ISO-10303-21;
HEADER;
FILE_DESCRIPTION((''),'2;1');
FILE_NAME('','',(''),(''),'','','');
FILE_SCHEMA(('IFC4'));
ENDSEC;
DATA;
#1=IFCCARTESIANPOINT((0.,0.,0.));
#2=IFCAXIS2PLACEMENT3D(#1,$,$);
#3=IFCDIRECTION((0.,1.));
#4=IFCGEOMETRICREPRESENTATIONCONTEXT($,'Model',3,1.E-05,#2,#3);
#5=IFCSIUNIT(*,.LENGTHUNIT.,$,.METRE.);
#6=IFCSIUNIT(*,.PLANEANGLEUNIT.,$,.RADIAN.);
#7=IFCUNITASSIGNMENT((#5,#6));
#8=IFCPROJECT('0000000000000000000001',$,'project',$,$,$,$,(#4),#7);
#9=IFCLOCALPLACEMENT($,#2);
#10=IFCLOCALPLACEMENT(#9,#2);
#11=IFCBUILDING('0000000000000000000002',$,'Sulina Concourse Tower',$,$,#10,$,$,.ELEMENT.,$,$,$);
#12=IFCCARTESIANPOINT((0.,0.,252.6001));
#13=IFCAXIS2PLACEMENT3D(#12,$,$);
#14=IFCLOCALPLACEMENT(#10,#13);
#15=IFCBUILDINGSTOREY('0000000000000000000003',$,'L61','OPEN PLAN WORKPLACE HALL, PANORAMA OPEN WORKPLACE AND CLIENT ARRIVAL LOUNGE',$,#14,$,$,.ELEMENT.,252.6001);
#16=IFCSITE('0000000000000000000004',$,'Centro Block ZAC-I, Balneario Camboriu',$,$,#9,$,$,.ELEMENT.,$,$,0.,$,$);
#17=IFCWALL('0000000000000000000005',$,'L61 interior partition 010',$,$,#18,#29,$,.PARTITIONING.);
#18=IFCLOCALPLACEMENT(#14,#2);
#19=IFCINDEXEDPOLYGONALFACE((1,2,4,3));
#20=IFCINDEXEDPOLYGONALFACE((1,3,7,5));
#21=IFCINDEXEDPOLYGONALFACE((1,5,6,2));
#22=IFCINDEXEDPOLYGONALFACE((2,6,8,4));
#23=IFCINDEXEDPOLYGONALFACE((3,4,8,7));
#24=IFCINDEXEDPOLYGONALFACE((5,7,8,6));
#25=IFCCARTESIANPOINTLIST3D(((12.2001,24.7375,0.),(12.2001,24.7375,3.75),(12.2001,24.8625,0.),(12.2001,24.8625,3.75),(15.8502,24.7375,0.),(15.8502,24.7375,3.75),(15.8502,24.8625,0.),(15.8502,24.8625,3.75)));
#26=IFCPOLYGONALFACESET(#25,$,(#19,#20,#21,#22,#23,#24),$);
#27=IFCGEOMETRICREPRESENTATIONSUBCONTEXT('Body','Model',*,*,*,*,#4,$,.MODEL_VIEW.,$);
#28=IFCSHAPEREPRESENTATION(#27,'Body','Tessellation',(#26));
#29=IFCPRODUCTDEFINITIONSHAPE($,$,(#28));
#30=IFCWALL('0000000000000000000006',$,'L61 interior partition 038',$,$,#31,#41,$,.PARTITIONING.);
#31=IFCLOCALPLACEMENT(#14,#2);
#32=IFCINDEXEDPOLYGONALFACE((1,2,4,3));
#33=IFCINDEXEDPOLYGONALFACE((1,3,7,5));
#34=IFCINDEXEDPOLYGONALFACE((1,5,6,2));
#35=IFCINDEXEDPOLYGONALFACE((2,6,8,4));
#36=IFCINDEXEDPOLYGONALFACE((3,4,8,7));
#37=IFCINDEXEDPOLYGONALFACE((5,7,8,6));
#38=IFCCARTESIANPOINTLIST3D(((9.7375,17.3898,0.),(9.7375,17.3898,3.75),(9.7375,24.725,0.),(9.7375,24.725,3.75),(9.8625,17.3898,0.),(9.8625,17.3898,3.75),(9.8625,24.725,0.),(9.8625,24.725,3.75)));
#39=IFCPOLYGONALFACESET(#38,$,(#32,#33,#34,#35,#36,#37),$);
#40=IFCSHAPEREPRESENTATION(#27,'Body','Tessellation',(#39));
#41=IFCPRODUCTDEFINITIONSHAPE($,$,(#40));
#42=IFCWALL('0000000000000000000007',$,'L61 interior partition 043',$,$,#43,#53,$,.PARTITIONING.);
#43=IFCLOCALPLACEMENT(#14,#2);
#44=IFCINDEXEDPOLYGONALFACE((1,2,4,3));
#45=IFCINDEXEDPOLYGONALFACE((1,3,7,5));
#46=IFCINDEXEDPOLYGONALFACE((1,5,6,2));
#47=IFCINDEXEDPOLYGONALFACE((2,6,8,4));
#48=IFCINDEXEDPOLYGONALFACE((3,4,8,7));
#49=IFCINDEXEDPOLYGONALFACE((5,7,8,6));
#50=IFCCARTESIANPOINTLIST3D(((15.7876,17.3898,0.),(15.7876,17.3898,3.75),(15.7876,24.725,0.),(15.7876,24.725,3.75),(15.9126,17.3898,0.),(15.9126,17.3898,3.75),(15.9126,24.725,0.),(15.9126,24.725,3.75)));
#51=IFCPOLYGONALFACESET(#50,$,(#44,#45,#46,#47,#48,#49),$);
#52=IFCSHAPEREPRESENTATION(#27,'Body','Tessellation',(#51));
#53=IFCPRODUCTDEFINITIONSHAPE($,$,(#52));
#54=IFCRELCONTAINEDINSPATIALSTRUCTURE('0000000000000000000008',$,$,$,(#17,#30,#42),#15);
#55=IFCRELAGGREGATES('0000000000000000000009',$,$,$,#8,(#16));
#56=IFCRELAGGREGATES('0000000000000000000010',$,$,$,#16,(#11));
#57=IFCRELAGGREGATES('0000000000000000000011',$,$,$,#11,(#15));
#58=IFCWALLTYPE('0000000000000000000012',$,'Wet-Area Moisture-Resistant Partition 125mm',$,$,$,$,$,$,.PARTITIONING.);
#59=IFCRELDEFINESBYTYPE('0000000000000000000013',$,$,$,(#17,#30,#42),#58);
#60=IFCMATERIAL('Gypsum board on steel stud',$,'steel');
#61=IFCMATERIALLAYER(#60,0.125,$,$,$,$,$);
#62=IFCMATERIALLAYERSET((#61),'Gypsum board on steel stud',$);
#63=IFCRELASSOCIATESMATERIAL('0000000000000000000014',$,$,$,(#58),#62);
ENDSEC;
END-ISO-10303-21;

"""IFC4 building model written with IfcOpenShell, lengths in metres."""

from ifc_helpers import new_model, si_unit, direction, frame, frame_2d, origin, place, context, subcontext, project, spatial, rectangle, extrude, material, layer, layer_set, type_object, element, save


model = new_model("IFC4")

# Units and contexts
model_context = context("Model", 3, precision=1e-05, world=origin(), true_north=direction((0.0, 1.0)))
body_context = subcontext(model_context, "Body", "Model", "MODEL_VIEW")
ifc_project = project(units=[si_unit("LENGTHUNIT", "METRE"), si_unit("PLANEANGLEUNIT", "RADIAN")], contexts=[model_context])

# Site, building, storey
site_placement = place(None, origin())
site = spatial("IfcSite", under=ifc_project, at=site_placement, Name="Centro Block ZAC-I, Balneario Camboriu", CompositionType="ELEMENT", RefElevation=0.0)
building_placement = place(site_placement, origin())
building = spatial("IfcBuilding", under=site, at=building_placement, Name="Sulina Concourse Tower", CompositionType="ELEMENT")
storey_placement = place(building_placement, frame((0.0, 0.0, 252.6001)))
storey = spatial("IfcBuildingStorey", under=building, at=storey_placement, Name="L61", Description="OPEN PLAN WORKPLACE HALL, PANORAMA OPEN WORKPLACE AND CLIENT ARRIVAL LOUNGE", CompositionType="ELEMENT", Elevation=252.6001)

# Shared definitions
ifc_material_1 = material(Name="Gypsum board on steel stud", Category="steel")
ifc_layer_1 = layer(ifc_material_1, 0.125)
ifc_layer_set_1 = layer_set([ifc_layer_1], Name="Gypsum board on steel stud")
wall_type_1 = type_object("IfcWallType", Name="Wet-Area Moisture-Resistant Partition 125mm", PredefinedType="PARTITIONING", material=ifc_layer_set_1)

# Walls
wall_1_placement = place(storey_placement, frame((12.2, 24.8, 0.0), z_axis=(0.0, 0.0, 1.0), x_axis=(1.0, 0.0, 0.0)))
element("IfcWall", 1, at=wall_1_placement, inside=storey, type_object=wall_type_1, Name="L61 interior partition 010", PredefinedType="PARTITIONING", context=body_context, shape_type="SweptSolid", body=[
    extrude(rectangle(XDim=3.6501, YDim=0.125, at=frame_2d((1.8252, 0.0))), origin(), (0.0, 0.0, 1.0), 3.75),
])
for number, where, z_axis, x_axis, name in (
    (2, (9.8, 17.3899, 0.0), (0.0, 0.0, 1.0), (0.0, 1.0, 0.0), "L61 interior partition 038"),
    (3, (15.8501, 17.3899, 0.0), (0.0, 0.0, 1.0), (0.0, 1.0, 0.0), "L61 interior partition 043"),
):
    element("IfcWall", number, at=place(storey_placement, frame(where, z_axis=z_axis, x_axis=x_axis)), inside=storey, type_object=wall_type_1, Name=name, PredefinedType="PARTITIONING", context=body_context, shape_type="SweptSolid", body=[
        extrude(rectangle(XDim=7.3352, YDim=0.125, at=frame_2d((3.6675, 0.0))), origin(), (0.0, 0.0, 1.0), 3.75),
    ])

save(model, "model.ifc")
